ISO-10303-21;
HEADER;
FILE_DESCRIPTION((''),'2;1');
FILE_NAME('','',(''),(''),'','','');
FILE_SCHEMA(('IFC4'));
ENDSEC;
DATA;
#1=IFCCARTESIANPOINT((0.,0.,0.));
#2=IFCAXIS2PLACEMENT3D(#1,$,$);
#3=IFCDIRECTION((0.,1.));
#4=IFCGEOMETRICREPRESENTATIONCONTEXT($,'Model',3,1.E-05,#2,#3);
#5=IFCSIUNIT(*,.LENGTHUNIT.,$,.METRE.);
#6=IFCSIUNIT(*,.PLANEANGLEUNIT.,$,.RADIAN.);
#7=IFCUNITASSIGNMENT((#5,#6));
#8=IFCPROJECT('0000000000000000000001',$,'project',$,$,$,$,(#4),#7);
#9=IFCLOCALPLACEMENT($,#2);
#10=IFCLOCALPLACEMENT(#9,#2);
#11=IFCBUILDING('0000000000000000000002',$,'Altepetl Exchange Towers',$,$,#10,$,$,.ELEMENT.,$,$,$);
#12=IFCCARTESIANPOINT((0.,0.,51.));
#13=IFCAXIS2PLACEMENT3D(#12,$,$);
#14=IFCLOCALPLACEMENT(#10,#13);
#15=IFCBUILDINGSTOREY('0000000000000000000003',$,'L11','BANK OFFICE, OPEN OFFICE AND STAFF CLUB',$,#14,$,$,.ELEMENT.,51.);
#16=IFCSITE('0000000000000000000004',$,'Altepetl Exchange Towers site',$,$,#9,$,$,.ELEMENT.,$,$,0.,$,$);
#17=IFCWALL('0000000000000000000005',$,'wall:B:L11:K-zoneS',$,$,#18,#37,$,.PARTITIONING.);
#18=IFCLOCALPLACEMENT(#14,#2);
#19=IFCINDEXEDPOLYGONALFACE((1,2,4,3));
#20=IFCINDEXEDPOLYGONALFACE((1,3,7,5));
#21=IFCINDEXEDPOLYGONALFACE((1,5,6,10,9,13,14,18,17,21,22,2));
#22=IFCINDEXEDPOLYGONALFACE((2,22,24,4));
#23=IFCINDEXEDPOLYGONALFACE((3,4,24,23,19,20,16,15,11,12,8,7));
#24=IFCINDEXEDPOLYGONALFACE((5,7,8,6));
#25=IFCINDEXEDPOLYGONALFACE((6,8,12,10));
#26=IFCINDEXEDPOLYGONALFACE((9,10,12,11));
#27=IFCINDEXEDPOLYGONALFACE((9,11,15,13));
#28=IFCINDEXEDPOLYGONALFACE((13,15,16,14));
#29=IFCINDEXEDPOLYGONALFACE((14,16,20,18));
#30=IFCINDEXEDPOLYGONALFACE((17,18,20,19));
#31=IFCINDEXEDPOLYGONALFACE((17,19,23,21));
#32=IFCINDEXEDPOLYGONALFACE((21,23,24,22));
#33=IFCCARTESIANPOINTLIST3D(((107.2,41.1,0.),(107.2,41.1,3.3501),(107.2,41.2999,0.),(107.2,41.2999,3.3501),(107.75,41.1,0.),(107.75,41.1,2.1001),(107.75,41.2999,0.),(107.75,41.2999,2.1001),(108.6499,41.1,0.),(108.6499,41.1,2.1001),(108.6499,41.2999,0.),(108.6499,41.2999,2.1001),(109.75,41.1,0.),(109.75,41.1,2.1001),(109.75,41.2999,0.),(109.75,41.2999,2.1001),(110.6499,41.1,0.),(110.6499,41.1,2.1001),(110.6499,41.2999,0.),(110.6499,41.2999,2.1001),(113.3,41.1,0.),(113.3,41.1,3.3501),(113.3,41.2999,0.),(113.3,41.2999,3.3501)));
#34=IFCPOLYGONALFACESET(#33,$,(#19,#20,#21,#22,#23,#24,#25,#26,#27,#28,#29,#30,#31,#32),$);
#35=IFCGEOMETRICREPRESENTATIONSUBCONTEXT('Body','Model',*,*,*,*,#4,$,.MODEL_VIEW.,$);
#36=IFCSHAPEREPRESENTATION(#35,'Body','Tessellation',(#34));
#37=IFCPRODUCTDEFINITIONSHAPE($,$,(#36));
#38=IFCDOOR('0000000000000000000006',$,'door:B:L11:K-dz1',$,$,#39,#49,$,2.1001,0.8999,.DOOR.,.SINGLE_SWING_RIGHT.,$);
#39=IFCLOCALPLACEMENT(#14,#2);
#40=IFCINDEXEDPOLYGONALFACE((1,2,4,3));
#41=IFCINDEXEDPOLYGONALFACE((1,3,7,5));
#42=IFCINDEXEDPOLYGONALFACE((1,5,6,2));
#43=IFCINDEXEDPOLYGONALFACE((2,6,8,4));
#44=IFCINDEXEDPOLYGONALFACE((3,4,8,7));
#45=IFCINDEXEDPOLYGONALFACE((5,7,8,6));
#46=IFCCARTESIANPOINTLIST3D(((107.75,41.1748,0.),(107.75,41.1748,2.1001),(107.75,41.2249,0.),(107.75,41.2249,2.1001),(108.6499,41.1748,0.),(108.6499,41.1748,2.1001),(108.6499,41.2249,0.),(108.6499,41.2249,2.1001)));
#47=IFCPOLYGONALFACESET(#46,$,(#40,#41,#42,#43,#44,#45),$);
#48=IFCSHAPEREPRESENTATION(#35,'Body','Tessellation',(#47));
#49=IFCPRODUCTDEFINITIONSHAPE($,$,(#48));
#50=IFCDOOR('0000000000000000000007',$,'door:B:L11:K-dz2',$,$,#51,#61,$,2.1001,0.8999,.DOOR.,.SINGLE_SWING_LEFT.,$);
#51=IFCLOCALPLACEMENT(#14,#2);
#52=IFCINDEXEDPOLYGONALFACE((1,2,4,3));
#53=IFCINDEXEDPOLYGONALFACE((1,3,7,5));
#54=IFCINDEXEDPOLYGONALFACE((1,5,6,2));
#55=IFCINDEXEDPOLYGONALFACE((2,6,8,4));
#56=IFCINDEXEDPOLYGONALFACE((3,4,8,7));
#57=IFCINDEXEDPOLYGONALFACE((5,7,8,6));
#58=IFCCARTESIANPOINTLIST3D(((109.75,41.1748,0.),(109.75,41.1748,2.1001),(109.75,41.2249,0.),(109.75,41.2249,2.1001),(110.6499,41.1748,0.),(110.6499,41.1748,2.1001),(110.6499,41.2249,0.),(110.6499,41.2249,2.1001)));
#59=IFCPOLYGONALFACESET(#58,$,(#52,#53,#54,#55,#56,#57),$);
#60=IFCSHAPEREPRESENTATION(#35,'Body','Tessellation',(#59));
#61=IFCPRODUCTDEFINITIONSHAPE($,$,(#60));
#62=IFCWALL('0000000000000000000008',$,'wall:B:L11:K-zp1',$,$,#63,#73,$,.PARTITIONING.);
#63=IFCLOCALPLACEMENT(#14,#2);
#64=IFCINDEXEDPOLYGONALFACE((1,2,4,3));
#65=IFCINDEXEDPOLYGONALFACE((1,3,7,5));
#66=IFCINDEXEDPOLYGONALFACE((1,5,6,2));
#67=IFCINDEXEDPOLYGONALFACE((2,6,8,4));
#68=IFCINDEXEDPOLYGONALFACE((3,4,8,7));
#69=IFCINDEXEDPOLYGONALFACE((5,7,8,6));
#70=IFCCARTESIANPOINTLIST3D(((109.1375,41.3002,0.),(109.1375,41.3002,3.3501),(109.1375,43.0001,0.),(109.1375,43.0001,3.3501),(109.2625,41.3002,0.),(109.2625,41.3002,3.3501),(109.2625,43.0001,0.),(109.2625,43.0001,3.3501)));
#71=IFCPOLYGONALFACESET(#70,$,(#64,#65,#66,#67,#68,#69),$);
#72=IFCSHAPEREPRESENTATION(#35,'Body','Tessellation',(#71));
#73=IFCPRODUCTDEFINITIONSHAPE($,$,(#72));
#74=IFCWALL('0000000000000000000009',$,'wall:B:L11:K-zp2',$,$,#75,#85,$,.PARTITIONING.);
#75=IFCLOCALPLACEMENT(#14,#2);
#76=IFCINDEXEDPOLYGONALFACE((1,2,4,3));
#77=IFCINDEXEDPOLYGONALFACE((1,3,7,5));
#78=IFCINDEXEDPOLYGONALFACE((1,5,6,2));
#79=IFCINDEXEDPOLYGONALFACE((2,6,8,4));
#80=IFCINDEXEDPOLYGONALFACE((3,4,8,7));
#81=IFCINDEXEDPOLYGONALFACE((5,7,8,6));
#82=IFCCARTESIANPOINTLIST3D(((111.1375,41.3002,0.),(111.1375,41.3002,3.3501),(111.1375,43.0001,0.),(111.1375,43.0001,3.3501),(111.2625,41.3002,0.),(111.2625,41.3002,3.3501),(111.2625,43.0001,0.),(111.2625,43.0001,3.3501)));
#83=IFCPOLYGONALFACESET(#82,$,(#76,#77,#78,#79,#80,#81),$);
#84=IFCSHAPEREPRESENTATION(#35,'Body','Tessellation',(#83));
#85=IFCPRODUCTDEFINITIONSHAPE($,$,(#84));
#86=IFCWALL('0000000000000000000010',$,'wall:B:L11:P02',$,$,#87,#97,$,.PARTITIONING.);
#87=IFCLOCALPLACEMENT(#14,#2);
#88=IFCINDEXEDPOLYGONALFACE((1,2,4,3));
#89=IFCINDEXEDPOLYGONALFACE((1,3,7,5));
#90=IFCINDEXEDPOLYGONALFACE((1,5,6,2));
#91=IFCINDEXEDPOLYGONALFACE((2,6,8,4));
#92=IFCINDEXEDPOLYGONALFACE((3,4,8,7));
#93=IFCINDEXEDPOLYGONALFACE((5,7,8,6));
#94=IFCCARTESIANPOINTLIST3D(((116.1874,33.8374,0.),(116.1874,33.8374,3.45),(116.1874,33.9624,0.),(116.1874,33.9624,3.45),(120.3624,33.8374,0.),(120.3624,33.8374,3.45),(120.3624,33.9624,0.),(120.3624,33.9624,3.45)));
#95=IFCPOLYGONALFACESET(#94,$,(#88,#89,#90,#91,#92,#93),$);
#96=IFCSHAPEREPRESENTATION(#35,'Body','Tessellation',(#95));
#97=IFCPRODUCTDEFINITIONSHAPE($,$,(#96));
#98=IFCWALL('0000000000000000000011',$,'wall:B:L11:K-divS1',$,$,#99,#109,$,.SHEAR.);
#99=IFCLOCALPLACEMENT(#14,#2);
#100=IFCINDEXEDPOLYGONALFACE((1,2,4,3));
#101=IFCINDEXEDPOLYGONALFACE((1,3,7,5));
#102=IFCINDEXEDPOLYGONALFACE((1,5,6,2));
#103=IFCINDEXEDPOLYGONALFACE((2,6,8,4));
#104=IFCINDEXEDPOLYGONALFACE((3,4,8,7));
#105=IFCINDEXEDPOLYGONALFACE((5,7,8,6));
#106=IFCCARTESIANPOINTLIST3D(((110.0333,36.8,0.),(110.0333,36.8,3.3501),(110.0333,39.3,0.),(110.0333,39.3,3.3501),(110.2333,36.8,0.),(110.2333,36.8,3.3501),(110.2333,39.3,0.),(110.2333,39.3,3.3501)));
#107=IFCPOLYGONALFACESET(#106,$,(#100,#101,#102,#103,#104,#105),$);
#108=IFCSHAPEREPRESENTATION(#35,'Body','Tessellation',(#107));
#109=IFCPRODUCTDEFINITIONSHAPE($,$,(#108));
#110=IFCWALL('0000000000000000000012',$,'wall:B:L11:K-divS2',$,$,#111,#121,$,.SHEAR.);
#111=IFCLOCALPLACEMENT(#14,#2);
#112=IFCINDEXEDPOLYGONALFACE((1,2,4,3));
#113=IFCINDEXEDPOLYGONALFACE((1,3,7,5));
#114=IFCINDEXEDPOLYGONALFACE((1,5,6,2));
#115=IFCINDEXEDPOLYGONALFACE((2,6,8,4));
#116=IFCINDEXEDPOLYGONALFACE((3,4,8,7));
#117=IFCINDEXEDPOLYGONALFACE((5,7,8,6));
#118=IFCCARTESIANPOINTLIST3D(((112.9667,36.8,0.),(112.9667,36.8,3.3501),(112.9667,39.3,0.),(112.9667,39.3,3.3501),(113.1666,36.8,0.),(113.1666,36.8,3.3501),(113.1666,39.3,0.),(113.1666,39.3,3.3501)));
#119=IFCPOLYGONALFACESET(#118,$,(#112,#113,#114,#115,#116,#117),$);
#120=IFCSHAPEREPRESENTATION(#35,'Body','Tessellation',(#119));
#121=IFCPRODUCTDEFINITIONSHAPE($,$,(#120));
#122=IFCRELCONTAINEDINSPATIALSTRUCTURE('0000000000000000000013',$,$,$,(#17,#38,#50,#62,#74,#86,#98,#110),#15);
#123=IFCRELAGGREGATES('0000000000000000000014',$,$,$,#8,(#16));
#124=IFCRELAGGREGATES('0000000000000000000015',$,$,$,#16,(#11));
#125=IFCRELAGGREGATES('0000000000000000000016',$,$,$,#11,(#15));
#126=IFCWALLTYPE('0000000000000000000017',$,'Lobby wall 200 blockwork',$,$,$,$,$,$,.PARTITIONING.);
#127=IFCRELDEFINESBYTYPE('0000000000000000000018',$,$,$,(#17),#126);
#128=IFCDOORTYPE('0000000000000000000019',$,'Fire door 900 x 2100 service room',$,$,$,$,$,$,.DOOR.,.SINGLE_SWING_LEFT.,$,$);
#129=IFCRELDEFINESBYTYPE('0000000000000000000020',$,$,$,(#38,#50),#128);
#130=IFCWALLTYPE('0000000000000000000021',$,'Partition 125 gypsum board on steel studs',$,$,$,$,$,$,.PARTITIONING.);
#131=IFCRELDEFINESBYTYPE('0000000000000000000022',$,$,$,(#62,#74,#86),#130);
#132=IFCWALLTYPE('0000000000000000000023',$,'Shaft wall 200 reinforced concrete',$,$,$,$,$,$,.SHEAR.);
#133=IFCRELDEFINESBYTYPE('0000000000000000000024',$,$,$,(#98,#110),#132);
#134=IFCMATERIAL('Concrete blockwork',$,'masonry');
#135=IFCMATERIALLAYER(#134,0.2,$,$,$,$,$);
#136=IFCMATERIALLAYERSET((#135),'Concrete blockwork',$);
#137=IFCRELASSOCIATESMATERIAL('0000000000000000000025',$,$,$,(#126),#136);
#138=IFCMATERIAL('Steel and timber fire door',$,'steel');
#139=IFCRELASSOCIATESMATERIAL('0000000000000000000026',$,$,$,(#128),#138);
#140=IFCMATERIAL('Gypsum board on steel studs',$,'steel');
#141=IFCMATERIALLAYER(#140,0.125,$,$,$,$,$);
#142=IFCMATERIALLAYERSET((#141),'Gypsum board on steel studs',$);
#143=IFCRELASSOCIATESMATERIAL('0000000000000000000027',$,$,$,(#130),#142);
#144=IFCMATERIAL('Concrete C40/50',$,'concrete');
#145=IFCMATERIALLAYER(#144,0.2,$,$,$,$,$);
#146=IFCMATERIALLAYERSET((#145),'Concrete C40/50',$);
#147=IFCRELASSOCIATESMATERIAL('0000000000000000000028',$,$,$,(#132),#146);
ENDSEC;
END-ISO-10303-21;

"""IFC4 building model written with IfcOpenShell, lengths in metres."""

from ifc_helpers import new_model, si_unit, direction, frame, frame_2d, origin, place, context, subcontext, project, spatial, rectangle, extrude, material, layer, layer_set, type_object, element, fill, save


model = new_model("IFC4")

# Units and contexts
model_context = context("Model", 3, precision=1e-05, world=origin(), true_north=direction((0.0, 1.0)))
body_context = subcontext(model_context, "Body", "Model", "MODEL_VIEW")
ifc_project = project(units=[si_unit("LENGTHUNIT", "METRE"), si_unit("PLANEANGLEUNIT", "RADIAN")], contexts=[model_context])

# Site, building, storey
site_placement = place(None, origin())
site = spatial("IfcSite", under=ifc_project, at=site_placement, Name="Altepetl Exchange Towers site", CompositionType="ELEMENT", RefElevation=0.0)
building_placement = place(site_placement, origin())
building = spatial("IfcBuilding", under=site, at=building_placement, Name="Altepetl Exchange Towers", CompositionType="ELEMENT")
storey_placement = place(building_placement, frame((0.0, 0.0, 51.0)))
storey = spatial("IfcBuildingStorey", under=building, at=storey_placement, Name="L11", Description="BANK OFFICE, OPEN OFFICE AND STAFF CLUB", CompositionType="ELEMENT", Elevation=51.0)

# Shared definitions
ifc_material_1 = material(Name="Steel and timber fire door", Category="steel")

# Wall, openings, doors
ifc_material_2 = material(Name="Concrete blockwork", Category="masonry")
ifc_layer_1 = layer(ifc_material_2, 0.2)
ifc_layer_set_1 = layer_set([ifc_layer_1], Name="Concrete blockwork")
wall_type_1 = type_object("IfcWallType", Name="Lobby wall 200 blockwork", PredefinedType="PARTITIONING", material=ifc_layer_set_1)
wall_1_placement = place(storey_placement, frame((107.2, 41.2, 0.0)))
wall_1 = element("IfcWall", 1, at=wall_1_placement, inside=storey, type_object=wall_type_1, Name="wall:B:L11:K-zoneS", PredefinedType="PARTITIONING", context=body_context, shape_type="SweptSolid", body=[
    extrude(rectangle(XDim=6.1001, YDim=0.2, at=frame_2d((3.05, 0.0))), origin(), (0.0, 0.0, 1.0), 3.3501),
])
opening_1_placement = place(wall_1_placement, frame((0.55, 0.0, 0.0)))
opening_1 = element("IfcOpeningElement", 2, at=opening_1_placement, cuts=wall_1, PredefinedType="OPENING", context=body_context, shape_type="SweptSolid", body=[
    extrude(rectangle(XDim=0.8999, YDim=2.1001, at=frame_2d((0.45, 1.05))), frame((0.0, 0.1099, 0.0), z_axis=(0.0, -1.0, 0.0), x_axis=(1.0, 0.0, 0.0)), (0.0, 0.0, 1.0), 0.22),
])
opening_2_placement = place(wall_1_placement, frame((2.55, 0.0, 0.0)))
opening_2 = element("IfcOpeningElement", 3, at=opening_2_placement, cuts=wall_1, PredefinedType="OPENING", context=body_context, shape_type="SweptSolid", body=[
    extrude(rectangle(XDim=0.8999, YDim=2.1001, at=frame_2d((0.45, 1.05))), frame((0.0, 0.1099, 0.0), z_axis=(0.0, -1.0, 0.0), x_axis=(1.0, 0.0, 0.0)), (0.0, 0.0, 1.0), 0.22),
])
door_type_1 = type_object("IfcDoorType", Name="Fire door 900 x 2100 service room", OperationType="SINGLE_SWING_LEFT", PredefinedType="DOOR", material=ifc_material_1)
door_1_placement = place(opening_1_placement, origin())
door_1 = element("IfcDoor", 4, at=door_1_placement, inside=storey, type_object=door_type_1, Name="door:B:L11:K-dz1", OperationType="SINGLE_SWING_RIGHT", OverallHeight=2.1001, OverallWidth=0.8999, PredefinedType="DOOR", context=body_context, shape_type="SweptSolid", body=[
    extrude(rectangle(XDim=0.8999, YDim=2.1001, at=frame_2d((0.45, 1.05))), frame((0.0, 0.0249, 0.0), z_axis=(0.0, -1.0, 0.0), x_axis=(1.0, 0.0, 0.0)), (0.0, 0.0, 1.0), 0.05),
])
fill(opening_1, door_1)
door_2_placement = place(opening_2_placement, origin())
door_2 = element("IfcDoor", 5, at=door_2_placement, inside=storey, type_object=door_type_1, Name="door:B:L11:K-dz2", OperationType="SINGLE_SWING_LEFT", OverallHeight=2.1001, OverallWidth=0.8999, PredefinedType="DOOR", context=body_context, shape_type="SweptSolid", body=[
    extrude(rectangle(XDim=0.8999, YDim=2.1001, at=frame_2d((0.45, 1.05))), frame((0.0, 0.0249, 0.0), z_axis=(0.0, -1.0, 0.0), x_axis=(1.0, 0.0, 0.0)), (0.0, 0.0, 1.0), 0.05),
])
fill(opening_2, door_2)

# Walls
ifc_material_3 = material(Name="Gypsum board on steel studs", Category="steel")
ifc_layer_2 = layer(ifc_material_3, 0.125)
ifc_layer_set_2 = layer_set([ifc_layer_2], Name="Gypsum board on steel studs")
wall_type_2 = type_object("IfcWallType", Name="Partition 125 gypsum board on steel studs", PredefinedType="PARTITIONING", material=ifc_layer_set_2)
for number, where, z_axis, x_axis, name in (
    (6, (109.2, 41.3, 0.0), (0.0, 0.0, 1.0), (0.0, 1.0, 0.0), "wall:B:L11:K-zp1"),
    (7, (111.2, 41.3, 0.0), (0.0, 0.0, 1.0), (0.0, 1.0, 0.0), "wall:B:L11:K-zp2"),
):
    element("IfcWall", number, at=place(storey_placement, frame(where, z_axis=z_axis, x_axis=x_axis)), inside=storey, type_object=wall_type_2, Name=name, PredefinedType="PARTITIONING", context=body_context, shape_type="SweptSolid", body=[
        extrude(rectangle(XDim=1.7, YDim=0.125, at=frame_2d((0.8501, 0.0))), origin(), (0.0, 0.0, 1.0), 3.3501),
    ])
wall_2_placement = place(storey_placement, frame((116.1875, 33.8999, 0.0)))
element("IfcWall", 8, at=wall_2_placement, inside=storey, type_object=wall_type_2, Name="wall:B:L11:P02", PredefinedType="PARTITIONING", context=body_context, shape_type="SweptSolid", body=[
    extrude(rectangle(XDim=4.175, YDim=0.125, at=frame_2d((2.0874, 0.0))), origin(), (0.0, 0.0, 1.0), 3.45),
])
ifc_material_4 = material(Name="Concrete C40/50", Category="concrete")
ifc_layer_3 = layer(ifc_material_4, 0.2)
ifc_layer_set_3 = layer_set([ifc_layer_3], Name="Concrete C40/50")
wall_type_3 = type_object("IfcWallType", Name="Shaft wall 200 reinforced concrete", PredefinedType="SHEAR", material=ifc_layer_set_3)
for number, where, z_axis, x_axis, name in (
    (9, (110.1333, 36.8, 0.0), (0.0, 0.0, 1.0), (0.0, 1.0, 0.0), "wall:B:L11:K-divS1"),
    (10, (113.0667, 36.8, 0.0), (0.0, 0.0, 1.0), (0.0, 1.0, 0.0), "wall:B:L11:K-divS2"),
):
    element("IfcWall", number, at=place(storey_placement, frame(where, z_axis=z_axis, x_axis=x_axis)), inside=storey, type_object=wall_type_3, Name=name, PredefinedType="SHEAR", context=body_context, shape_type="SweptSolid", body=[
        extrude(rectangle(XDim=2.5, YDim=0.2, at=frame_2d((1.25, 0.0))), origin(), (0.0, 0.0, 1.0), 3.3501),
    ])

save(model, "model.ifc")
